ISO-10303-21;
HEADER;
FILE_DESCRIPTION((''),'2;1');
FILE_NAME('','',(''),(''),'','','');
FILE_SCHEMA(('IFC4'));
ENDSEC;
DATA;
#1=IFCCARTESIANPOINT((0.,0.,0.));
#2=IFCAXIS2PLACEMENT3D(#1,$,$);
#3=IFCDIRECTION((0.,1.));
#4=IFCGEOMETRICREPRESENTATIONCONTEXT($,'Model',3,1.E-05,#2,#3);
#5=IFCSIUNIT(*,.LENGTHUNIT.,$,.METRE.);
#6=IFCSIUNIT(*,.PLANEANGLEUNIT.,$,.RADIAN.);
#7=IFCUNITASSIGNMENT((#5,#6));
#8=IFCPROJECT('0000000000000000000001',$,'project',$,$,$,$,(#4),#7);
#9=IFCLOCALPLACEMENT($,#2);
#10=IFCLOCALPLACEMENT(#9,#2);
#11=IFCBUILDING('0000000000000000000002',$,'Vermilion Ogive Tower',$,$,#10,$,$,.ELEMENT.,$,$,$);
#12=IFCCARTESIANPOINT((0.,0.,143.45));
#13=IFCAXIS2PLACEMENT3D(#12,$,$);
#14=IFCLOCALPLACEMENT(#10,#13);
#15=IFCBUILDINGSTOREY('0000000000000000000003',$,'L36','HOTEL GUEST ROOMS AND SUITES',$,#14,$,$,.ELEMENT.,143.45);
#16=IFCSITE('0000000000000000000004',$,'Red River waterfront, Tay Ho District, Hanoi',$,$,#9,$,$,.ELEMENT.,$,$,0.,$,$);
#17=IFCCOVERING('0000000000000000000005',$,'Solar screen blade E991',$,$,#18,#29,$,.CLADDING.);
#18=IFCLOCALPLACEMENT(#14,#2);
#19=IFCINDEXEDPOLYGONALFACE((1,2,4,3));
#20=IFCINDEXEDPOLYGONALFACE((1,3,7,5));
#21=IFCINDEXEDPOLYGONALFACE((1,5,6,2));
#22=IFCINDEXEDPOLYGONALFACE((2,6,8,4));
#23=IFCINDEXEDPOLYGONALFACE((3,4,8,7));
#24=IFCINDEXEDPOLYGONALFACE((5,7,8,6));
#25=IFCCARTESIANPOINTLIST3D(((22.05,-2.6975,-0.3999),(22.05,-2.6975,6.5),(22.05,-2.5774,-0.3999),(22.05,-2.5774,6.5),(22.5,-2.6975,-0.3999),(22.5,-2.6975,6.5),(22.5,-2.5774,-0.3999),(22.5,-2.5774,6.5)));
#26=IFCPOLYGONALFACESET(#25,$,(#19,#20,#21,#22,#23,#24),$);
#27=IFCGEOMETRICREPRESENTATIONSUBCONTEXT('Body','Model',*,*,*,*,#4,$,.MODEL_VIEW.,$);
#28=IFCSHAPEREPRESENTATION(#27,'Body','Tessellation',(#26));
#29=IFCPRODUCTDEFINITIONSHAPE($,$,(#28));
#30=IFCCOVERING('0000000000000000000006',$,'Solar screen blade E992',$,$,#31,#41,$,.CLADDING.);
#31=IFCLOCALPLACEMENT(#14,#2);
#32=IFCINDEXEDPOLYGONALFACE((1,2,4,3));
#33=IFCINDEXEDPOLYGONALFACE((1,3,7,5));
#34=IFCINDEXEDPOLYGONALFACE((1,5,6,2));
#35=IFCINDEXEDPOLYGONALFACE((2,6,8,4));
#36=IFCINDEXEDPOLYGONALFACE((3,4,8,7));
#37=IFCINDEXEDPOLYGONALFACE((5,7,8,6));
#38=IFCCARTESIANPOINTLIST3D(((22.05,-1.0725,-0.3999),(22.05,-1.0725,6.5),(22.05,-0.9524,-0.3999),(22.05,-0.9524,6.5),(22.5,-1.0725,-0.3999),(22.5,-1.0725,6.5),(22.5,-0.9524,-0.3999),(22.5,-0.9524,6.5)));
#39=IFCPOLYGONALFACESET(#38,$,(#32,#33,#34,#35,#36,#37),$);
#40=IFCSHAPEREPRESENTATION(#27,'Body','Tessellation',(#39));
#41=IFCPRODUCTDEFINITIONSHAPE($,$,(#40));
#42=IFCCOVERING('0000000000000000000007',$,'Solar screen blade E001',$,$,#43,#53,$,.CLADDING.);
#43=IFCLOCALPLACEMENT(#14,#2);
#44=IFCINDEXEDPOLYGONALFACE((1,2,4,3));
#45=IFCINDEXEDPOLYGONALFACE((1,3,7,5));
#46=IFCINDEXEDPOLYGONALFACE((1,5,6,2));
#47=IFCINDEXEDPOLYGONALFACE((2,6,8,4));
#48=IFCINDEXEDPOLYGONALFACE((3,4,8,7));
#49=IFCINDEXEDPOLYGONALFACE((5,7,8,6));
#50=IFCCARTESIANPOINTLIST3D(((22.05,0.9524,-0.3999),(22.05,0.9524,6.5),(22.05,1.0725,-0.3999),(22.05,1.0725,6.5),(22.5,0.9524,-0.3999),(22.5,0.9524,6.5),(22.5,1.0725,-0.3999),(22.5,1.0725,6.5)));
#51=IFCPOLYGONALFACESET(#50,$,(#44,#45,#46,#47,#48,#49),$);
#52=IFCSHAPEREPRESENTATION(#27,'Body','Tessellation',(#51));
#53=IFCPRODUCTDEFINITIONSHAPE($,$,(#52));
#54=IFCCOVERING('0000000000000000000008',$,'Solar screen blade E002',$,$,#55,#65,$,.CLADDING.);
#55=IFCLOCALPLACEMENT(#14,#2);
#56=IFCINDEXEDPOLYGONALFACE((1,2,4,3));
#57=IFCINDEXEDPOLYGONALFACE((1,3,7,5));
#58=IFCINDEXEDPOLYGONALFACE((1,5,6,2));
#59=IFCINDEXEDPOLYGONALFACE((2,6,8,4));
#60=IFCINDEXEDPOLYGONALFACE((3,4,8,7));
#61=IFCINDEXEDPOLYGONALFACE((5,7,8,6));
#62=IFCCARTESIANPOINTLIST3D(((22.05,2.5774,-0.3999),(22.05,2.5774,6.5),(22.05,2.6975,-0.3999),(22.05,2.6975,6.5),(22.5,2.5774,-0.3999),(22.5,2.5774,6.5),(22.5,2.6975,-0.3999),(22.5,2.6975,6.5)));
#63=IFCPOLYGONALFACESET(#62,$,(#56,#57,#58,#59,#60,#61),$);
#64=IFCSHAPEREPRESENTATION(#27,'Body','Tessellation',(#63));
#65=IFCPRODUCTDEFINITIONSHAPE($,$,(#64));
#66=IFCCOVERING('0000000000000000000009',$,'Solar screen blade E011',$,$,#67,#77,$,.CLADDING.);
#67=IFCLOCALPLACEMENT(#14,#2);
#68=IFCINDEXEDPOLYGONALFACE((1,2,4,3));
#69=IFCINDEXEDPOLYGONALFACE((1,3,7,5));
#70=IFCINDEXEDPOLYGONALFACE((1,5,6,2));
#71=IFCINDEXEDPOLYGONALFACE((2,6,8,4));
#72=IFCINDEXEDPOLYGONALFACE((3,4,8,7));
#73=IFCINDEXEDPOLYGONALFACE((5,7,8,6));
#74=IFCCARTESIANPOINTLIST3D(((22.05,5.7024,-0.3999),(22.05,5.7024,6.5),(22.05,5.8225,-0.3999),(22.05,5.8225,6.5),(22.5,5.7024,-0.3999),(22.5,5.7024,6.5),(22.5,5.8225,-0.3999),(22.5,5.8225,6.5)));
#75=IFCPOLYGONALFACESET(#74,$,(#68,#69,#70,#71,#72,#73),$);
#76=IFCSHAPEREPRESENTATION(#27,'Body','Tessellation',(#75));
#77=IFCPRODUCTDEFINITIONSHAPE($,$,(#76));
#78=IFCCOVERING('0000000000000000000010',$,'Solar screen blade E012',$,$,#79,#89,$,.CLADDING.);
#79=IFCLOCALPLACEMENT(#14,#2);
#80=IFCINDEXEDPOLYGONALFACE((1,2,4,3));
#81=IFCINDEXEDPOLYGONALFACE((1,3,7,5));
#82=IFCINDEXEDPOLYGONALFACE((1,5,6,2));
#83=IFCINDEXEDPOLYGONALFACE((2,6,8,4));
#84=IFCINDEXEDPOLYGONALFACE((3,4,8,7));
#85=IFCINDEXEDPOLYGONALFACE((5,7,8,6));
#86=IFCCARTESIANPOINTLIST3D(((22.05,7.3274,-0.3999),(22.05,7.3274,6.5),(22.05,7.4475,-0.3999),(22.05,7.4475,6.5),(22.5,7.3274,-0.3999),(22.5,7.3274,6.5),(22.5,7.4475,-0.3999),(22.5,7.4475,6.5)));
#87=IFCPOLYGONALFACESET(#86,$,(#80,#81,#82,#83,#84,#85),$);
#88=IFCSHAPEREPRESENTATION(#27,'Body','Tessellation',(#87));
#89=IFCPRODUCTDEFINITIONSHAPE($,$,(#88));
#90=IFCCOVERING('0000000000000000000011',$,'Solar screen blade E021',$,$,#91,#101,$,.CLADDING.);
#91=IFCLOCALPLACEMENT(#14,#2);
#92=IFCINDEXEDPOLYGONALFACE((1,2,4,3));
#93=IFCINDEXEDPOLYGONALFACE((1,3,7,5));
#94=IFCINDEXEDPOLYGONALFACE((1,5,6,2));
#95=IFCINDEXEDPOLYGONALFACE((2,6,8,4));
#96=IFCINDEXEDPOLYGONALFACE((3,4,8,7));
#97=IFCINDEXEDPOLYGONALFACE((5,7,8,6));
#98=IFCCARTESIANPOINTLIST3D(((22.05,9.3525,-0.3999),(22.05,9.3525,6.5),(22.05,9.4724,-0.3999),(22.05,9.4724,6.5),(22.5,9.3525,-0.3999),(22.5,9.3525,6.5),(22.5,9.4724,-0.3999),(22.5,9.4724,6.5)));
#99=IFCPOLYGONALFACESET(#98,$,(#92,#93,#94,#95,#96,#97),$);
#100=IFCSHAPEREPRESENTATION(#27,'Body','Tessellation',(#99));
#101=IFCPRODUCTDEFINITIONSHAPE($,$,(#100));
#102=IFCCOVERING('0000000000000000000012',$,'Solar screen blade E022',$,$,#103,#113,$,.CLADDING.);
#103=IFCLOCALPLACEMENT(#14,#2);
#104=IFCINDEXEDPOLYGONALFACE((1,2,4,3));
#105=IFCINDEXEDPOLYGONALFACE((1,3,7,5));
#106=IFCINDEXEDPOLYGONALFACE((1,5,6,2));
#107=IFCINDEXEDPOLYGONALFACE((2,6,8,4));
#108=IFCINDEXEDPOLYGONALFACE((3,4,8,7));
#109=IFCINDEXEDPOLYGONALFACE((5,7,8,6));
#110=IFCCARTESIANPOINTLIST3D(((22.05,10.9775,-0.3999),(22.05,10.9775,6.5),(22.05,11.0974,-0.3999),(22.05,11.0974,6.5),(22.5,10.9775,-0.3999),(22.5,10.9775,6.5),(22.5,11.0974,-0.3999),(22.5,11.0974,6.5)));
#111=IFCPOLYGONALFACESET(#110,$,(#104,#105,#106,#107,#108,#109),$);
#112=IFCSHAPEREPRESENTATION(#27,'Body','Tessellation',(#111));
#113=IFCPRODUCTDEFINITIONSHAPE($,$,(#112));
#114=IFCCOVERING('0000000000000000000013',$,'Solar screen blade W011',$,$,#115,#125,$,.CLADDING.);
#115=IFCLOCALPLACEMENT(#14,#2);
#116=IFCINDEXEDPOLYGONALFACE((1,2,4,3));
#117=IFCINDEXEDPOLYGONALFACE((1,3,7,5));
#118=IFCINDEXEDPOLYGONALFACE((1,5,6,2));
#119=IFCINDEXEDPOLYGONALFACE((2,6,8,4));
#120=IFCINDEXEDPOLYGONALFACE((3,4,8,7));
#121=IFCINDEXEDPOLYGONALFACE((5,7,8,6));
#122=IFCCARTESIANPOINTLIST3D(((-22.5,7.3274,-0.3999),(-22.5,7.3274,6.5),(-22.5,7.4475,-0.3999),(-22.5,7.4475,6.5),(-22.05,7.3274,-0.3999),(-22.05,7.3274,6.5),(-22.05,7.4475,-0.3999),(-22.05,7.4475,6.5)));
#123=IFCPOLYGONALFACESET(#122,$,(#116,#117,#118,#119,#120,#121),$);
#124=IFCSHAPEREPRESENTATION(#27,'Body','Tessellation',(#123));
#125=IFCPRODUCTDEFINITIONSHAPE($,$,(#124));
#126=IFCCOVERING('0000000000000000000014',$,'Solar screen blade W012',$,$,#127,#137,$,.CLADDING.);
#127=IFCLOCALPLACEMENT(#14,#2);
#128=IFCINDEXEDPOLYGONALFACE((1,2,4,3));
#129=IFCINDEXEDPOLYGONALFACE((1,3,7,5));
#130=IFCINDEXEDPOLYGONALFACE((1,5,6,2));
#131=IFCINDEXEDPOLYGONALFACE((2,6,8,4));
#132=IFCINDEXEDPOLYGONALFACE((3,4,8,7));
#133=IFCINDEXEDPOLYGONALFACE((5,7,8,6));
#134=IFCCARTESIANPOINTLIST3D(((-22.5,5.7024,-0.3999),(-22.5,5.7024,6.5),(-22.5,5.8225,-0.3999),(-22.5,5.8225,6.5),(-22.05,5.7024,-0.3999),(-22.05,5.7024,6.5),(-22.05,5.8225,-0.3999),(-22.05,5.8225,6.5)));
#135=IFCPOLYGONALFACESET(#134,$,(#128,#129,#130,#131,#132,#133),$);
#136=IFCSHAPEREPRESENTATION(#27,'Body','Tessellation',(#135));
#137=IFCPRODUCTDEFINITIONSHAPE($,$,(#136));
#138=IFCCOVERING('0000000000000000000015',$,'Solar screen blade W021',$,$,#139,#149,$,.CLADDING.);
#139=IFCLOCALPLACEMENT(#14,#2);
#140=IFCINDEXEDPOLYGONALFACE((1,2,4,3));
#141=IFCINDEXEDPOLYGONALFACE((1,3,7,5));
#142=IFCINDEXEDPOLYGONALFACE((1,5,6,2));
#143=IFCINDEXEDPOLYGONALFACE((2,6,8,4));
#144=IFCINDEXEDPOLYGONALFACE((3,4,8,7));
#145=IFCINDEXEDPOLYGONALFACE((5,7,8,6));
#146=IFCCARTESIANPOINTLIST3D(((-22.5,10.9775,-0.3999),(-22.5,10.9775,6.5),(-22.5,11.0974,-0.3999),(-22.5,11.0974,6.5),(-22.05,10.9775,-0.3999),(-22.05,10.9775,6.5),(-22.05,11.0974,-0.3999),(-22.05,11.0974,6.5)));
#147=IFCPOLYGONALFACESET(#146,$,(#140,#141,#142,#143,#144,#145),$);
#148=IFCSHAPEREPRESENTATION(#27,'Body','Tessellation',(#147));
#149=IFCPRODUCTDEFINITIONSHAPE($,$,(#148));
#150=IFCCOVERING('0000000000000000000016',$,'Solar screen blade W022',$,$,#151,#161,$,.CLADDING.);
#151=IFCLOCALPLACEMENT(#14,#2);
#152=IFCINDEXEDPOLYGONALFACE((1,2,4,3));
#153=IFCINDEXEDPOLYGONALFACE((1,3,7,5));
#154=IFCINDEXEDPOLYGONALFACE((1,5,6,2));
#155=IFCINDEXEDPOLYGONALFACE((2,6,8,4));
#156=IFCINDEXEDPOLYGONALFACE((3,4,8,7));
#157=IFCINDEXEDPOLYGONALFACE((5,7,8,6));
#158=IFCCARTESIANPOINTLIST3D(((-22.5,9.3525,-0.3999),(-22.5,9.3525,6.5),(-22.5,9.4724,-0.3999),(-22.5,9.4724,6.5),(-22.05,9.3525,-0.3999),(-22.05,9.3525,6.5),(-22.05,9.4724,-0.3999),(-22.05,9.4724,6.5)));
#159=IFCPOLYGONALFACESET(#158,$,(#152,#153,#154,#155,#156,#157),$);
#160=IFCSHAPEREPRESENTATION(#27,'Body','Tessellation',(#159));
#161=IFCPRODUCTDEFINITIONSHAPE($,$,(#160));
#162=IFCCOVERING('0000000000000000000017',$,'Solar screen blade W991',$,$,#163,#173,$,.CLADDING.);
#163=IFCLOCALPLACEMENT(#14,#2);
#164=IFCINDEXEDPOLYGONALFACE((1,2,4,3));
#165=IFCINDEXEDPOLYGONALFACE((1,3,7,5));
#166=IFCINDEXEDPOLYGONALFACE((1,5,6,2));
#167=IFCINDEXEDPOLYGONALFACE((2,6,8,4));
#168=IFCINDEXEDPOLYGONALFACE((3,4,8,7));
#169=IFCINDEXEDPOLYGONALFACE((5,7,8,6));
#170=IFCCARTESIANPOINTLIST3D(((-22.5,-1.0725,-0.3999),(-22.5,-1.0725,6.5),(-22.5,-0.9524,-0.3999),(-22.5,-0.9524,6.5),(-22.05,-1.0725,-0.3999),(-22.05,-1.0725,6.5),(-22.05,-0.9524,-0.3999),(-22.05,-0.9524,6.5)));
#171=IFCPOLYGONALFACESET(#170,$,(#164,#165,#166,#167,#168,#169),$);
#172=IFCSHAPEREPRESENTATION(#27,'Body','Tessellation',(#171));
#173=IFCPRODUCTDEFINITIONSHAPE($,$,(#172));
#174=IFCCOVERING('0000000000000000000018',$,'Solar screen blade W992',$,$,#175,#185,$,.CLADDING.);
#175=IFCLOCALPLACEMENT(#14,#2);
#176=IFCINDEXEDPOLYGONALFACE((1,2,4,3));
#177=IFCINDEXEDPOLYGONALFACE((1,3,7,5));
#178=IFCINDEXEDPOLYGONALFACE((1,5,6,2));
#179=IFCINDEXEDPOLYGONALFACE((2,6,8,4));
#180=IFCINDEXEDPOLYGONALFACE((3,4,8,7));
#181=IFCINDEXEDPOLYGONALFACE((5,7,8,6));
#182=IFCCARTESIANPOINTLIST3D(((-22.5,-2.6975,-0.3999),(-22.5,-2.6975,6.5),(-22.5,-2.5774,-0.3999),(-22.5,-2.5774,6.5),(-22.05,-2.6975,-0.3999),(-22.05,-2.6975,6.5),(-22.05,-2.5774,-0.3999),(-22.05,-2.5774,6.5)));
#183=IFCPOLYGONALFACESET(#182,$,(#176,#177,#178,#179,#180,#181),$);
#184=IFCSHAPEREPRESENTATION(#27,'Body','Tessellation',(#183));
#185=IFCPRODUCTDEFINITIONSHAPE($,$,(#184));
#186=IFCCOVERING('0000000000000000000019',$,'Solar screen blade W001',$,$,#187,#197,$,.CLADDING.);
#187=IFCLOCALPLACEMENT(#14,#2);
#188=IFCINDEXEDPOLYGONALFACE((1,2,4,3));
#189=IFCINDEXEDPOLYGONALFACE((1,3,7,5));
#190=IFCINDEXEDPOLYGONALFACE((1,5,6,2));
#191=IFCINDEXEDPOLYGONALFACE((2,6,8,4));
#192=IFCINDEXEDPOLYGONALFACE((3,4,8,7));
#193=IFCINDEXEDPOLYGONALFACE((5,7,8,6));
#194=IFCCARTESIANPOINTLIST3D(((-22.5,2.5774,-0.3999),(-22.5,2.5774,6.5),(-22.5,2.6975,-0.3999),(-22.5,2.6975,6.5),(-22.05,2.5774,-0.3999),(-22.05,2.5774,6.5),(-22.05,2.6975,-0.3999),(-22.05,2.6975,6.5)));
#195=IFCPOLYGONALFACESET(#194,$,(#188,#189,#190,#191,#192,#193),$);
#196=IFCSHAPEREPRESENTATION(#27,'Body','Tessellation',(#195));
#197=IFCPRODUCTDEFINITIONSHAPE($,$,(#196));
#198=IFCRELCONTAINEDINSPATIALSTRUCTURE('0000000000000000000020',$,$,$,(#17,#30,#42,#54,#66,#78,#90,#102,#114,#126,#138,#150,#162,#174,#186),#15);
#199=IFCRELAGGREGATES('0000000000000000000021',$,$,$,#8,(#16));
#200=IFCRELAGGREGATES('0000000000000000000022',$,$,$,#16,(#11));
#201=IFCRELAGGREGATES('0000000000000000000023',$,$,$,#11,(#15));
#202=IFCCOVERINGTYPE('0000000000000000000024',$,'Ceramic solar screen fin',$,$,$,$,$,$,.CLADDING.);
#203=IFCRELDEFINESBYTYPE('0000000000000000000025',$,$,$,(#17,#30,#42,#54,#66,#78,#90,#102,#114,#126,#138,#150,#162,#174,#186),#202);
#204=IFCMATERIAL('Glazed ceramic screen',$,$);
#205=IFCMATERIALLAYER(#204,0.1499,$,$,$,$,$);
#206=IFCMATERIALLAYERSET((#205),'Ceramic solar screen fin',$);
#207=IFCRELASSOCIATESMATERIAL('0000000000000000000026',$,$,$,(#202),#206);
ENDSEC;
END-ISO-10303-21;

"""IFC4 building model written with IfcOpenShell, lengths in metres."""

from ifc_helpers import new_model, si_unit, direction, frame, origin, place, context, subcontext, project, spatial, polyline, outline, extrude, material, layer, layer_set, type_object, element, save


model = new_model("IFC4")

# Units and contexts
model_context = context("Model", 3, precision=1e-05, world=origin(), true_north=direction((0.0, 1.0)))
body_context = subcontext(model_context, "Body", "Model", "MODEL_VIEW")
ifc_project = project(units=[si_unit("LENGTHUNIT", "METRE"), si_unit("PLANEANGLEUNIT", "RADIAN")], contexts=[model_context])

# Site, building, storey
site_placement = place(None, origin())
site = spatial("IfcSite", under=ifc_project, at=site_placement, Name="Red River waterfront, Tay Ho District, Hanoi", CompositionType="ELEMENT", RefElevation=0.0)
building_placement = place(site_placement, origin())
building = spatial("IfcBuilding", under=site, at=building_placement, Name="Vermilion Ogive Tower", CompositionType="ELEMENT")
storey_placement = place(building_placement, frame((0.0, 0.0, 143.45)))
storey = spatial("IfcBuildingStorey", under=building, at=storey_placement, Name="L36", Description="HOTEL GUEST ROOMS AND SUITES", CompositionType="ELEMENT", Elevation=143.45)

# Coverings
ifc_material_1 = material(Name="Glazed ceramic screen")
ifc_layer_1 = layer(ifc_material_1, 0.1499)
ifc_layer_set_1 = layer_set([ifc_layer_1], Name="Ceramic solar screen fin")
covering_type_1 = type_object("IfcCoveringType", Name="Ceramic solar screen fin", PredefinedType="CLADDING", material=ifc_layer_set_1)
covering_1_placement = place(storey_placement, frame((0.0, 0.0, -0.3999)))
element("IfcCovering", 1, at=covering_1_placement, inside=storey, type_object=covering_type_1, Name="Solar screen blade E991", PredefinedType="CLADDING", context=body_context, shape_type="SweptSolid", body=[
    extrude(outline(polyline([(22.5, -2.6975), (22.5, -2.5774), (22.05, -2.5774), (22.05, -2.6975), (22.5, -2.6975)])), origin(), (0.0, 0.0, 1.0), 6.8999),
])
covering_2_placement = place(storey_placement, frame((0.0, 0.0, -0.3999)))
element("IfcCovering", 2, at=covering_2_placement, inside=storey, type_object=covering_type_1, Name="Solar screen blade E992", PredefinedType="CLADDING", context=body_context, shape_type="SweptSolid", body=[
    extrude(outline(polyline([(22.5, -1.0725), (22.5, -0.9524), (22.05, -0.9524), (22.05, -1.0725), (22.5, -1.0725)])), origin(), (0.0, 0.0, 1.0), 6.8999),
])
covering_3_placement = place(storey_placement, frame((0.0, 0.0, -0.3999)))
element("IfcCovering", 3, at=covering_3_placement, inside=storey, type_object=covering_type_1, Name="Solar screen blade E001", PredefinedType="CLADDING", context=body_context, shape_type="SweptSolid", body=[
    extrude(outline(polyline([(22.5, 0.9524), (22.5, 1.0725), (22.05, 1.0725), (22.05, 0.9524), (22.5, 0.9524)])), origin(), (0.0, 0.0, 1.0), 6.8999),
])
covering_4_placement = place(storey_placement, frame((0.0, 0.0, -0.3999)))
element("IfcCovering", 4, at=covering_4_placement, inside=storey, type_object=covering_type_1, Name="Solar screen blade E002", PredefinedType="CLADDING", context=body_context, shape_type="SweptSolid", body=[
    extrude(outline(polyline([(22.5, 2.5774), (22.5, 2.6975), (22.05, 2.6975), (22.05, 2.5774), (22.5, 2.5774)])), origin(), (0.0, 0.0, 1.0), 6.8999),
])
covering_5_placement = place(storey_placement, frame((0.0, 0.0, -0.3999)))
element("IfcCovering", 5, at=covering_5_placement, inside=storey, type_object=covering_type_1, Name="Solar screen blade E011", PredefinedType="CLADDING", context=body_context, shape_type="SweptSolid", body=[
    extrude(outline(polyline([(22.5, 5.7024), (22.5, 5.8225), (22.05, 5.8225), (22.05, 5.7024), (22.5, 5.7024)])), origin(), (0.0, 0.0, 1.0), 6.8999),
])
covering_6_placement = place(storey_placement, frame((0.0, 0.0, -0.3999)))
element("IfcCovering", 6, at=covering_6_placement, inside=storey, type_object=covering_type_1, Name="Solar screen blade E012", PredefinedType="CLADDING", context=body_context, shape_type="SweptSolid", body=[
    extrude(outline(polyline([(22.5, 7.3274), (22.5, 7.4475), (22.05, 7.4475), (22.05, 7.3274), (22.5, 7.3274)])), origin(), (0.0, 0.0, 1.0), 6.8999),
])
covering_7_placement = place(storey_placement, frame((0.0, 0.0, -0.3999)))
element("IfcCovering", 7, at=covering_7_placement, inside=storey, type_object=covering_type_1, Name="Solar screen blade E021", PredefinedType="CLADDING", context=body_context, shape_type="SweptSolid", body=[
    extrude(outline(polyline([(22.5, 9.3525), (22.5, 9.4724), (22.05, 9.4724), (22.05, 9.3525), (22.5, 9.3525)])), origin(), (0.0, 0.0, 1.0), 6.8999),
])
covering_8_placement = place(storey_placement, frame((0.0, 0.0, -0.3999)))
element("IfcCovering", 8, at=covering_8_placement, inside=storey, type_object=covering_type_1, Name="Solar screen blade E022", PredefinedType="CLADDING", context=body_context, shape_type="SweptSolid", body=[
    extrude(outline(polyline([(22.5, 10.9775), (22.5, 11.0974), (22.05, 11.0974), (22.05, 10.9775), (22.5, 10.9775)])), origin(), (0.0, 0.0, 1.0), 6.8999),
])
covering_9_placement = place(storey_placement, frame((0.0, 0.0, -0.3999)))
element("IfcCovering", 9, at=covering_9_placement, inside=storey, type_object=covering_type_1, Name="Solar screen blade W011", PredefinedType="CLADDING", context=body_context, shape_type="SweptSolid", body=[
    extrude(outline(polyline([(-22.5, 7.4475), (-22.5, 7.3274), (-22.05, 7.3274), (-22.05, 7.4475), (-22.5, 7.4475)])), origin(), (0.0, 0.0, 1.0), 6.8999),
])
covering_10_placement = place(storey_placement, frame((0.0, 0.0, -0.3999)))
element("IfcCovering", 10, at=covering_10_placement, inside=storey, type_object=covering_type_1, Name="Solar screen blade W012", PredefinedType="CLADDING", context=body_context, shape_type="SweptSolid", body=[
    extrude(outline(polyline([(-22.5, 5.8225), (-22.5, 5.7024), (-22.05, 5.7024), (-22.05, 5.8225), (-22.5, 5.8225)])), origin(), (0.0, 0.0, 1.0), 6.8999),
])
covering_11_placement = place(storey_placement, frame((0.0, 0.0, -0.3999)))
element("IfcCovering", 11, at=covering_11_placement, inside=storey, type_object=covering_type_1, Name="Solar screen blade W021", PredefinedType="CLADDING", context=body_context, shape_type="SweptSolid", body=[
    extrude(outline(polyline([(-22.5, 11.0974), (-22.5, 10.9775), (-22.05, 10.9775), (-22.05, 11.0974), (-22.5, 11.0974)])), origin(), (0.0, 0.0, 1.0), 6.8999),
])
covering_12_placement = place(storey_placement, frame((0.0, 0.0, -0.3999)))
element("IfcCovering", 12, at=covering_12_placement, inside=storey, type_object=covering_type_1, Name="Solar screen blade W022", PredefinedType="CLADDING", context=body_context, shape_type="SweptSolid", body=[
    extrude(outline(polyline([(-22.5, 9.4724), (-22.5, 9.3525), (-22.05, 9.3525), (-22.05, 9.4724), (-22.5, 9.4724)])), origin(), (0.0, 0.0, 1.0), 6.8999),
])
covering_13_placement = place(storey_placement, frame((0.0, 0.0, -0.3999)))
element("IfcCovering", 13, at=covering_13_placement, inside=storey, type_object=covering_type_1, Name="Solar screen blade W991", PredefinedType="CLADDING", context=body_context, shape_type="SweptSolid", body=[
    extrude(outline(polyline([(-22.5, -0.9524), (-22.5, -1.0725), (-22.05, -1.0725), (-22.05, -0.9524), (-22.5, -0.9524)])), origin(), (0.0, 0.0, 1.0), 6.8999),
])
covering_14_placement = place(storey_placement, frame((0.0, 0.0, -0.3999)))
element("IfcCovering", 14, at=covering_14_placement, inside=storey, type_object=covering_type_1, Name="Solar screen blade W992", PredefinedType="CLADDING", context=body_context, shape_type="SweptSolid", body=[
    extrude(outline(polyline([(-22.5, -2.5774), (-22.5, -2.6975), (-22.05, -2.6975), (-22.05, -2.5774), (-22.5, -2.5774)])), origin(), (0.0, 0.0, 1.0), 6.8999),
])
covering_15_placement = place(storey_placement, frame((0.0, 0.0, -0.3999)))
element("IfcCovering", 15, at=covering_15_placement, inside=storey, type_object=covering_type_1, Name="Solar screen blade W001", PredefinedType="CLADDING", context=body_context, shape_type="SweptSolid", body=[
    extrude(outline(polyline([(-22.5, 2.6975), (-22.5, 2.5774), (-22.05, 2.5774), (-22.05, 2.6975), (-22.5, 2.6975)])), origin(), (0.0, 0.0, 1.0), 6.8999),
])

save(model, "model.ifc")
